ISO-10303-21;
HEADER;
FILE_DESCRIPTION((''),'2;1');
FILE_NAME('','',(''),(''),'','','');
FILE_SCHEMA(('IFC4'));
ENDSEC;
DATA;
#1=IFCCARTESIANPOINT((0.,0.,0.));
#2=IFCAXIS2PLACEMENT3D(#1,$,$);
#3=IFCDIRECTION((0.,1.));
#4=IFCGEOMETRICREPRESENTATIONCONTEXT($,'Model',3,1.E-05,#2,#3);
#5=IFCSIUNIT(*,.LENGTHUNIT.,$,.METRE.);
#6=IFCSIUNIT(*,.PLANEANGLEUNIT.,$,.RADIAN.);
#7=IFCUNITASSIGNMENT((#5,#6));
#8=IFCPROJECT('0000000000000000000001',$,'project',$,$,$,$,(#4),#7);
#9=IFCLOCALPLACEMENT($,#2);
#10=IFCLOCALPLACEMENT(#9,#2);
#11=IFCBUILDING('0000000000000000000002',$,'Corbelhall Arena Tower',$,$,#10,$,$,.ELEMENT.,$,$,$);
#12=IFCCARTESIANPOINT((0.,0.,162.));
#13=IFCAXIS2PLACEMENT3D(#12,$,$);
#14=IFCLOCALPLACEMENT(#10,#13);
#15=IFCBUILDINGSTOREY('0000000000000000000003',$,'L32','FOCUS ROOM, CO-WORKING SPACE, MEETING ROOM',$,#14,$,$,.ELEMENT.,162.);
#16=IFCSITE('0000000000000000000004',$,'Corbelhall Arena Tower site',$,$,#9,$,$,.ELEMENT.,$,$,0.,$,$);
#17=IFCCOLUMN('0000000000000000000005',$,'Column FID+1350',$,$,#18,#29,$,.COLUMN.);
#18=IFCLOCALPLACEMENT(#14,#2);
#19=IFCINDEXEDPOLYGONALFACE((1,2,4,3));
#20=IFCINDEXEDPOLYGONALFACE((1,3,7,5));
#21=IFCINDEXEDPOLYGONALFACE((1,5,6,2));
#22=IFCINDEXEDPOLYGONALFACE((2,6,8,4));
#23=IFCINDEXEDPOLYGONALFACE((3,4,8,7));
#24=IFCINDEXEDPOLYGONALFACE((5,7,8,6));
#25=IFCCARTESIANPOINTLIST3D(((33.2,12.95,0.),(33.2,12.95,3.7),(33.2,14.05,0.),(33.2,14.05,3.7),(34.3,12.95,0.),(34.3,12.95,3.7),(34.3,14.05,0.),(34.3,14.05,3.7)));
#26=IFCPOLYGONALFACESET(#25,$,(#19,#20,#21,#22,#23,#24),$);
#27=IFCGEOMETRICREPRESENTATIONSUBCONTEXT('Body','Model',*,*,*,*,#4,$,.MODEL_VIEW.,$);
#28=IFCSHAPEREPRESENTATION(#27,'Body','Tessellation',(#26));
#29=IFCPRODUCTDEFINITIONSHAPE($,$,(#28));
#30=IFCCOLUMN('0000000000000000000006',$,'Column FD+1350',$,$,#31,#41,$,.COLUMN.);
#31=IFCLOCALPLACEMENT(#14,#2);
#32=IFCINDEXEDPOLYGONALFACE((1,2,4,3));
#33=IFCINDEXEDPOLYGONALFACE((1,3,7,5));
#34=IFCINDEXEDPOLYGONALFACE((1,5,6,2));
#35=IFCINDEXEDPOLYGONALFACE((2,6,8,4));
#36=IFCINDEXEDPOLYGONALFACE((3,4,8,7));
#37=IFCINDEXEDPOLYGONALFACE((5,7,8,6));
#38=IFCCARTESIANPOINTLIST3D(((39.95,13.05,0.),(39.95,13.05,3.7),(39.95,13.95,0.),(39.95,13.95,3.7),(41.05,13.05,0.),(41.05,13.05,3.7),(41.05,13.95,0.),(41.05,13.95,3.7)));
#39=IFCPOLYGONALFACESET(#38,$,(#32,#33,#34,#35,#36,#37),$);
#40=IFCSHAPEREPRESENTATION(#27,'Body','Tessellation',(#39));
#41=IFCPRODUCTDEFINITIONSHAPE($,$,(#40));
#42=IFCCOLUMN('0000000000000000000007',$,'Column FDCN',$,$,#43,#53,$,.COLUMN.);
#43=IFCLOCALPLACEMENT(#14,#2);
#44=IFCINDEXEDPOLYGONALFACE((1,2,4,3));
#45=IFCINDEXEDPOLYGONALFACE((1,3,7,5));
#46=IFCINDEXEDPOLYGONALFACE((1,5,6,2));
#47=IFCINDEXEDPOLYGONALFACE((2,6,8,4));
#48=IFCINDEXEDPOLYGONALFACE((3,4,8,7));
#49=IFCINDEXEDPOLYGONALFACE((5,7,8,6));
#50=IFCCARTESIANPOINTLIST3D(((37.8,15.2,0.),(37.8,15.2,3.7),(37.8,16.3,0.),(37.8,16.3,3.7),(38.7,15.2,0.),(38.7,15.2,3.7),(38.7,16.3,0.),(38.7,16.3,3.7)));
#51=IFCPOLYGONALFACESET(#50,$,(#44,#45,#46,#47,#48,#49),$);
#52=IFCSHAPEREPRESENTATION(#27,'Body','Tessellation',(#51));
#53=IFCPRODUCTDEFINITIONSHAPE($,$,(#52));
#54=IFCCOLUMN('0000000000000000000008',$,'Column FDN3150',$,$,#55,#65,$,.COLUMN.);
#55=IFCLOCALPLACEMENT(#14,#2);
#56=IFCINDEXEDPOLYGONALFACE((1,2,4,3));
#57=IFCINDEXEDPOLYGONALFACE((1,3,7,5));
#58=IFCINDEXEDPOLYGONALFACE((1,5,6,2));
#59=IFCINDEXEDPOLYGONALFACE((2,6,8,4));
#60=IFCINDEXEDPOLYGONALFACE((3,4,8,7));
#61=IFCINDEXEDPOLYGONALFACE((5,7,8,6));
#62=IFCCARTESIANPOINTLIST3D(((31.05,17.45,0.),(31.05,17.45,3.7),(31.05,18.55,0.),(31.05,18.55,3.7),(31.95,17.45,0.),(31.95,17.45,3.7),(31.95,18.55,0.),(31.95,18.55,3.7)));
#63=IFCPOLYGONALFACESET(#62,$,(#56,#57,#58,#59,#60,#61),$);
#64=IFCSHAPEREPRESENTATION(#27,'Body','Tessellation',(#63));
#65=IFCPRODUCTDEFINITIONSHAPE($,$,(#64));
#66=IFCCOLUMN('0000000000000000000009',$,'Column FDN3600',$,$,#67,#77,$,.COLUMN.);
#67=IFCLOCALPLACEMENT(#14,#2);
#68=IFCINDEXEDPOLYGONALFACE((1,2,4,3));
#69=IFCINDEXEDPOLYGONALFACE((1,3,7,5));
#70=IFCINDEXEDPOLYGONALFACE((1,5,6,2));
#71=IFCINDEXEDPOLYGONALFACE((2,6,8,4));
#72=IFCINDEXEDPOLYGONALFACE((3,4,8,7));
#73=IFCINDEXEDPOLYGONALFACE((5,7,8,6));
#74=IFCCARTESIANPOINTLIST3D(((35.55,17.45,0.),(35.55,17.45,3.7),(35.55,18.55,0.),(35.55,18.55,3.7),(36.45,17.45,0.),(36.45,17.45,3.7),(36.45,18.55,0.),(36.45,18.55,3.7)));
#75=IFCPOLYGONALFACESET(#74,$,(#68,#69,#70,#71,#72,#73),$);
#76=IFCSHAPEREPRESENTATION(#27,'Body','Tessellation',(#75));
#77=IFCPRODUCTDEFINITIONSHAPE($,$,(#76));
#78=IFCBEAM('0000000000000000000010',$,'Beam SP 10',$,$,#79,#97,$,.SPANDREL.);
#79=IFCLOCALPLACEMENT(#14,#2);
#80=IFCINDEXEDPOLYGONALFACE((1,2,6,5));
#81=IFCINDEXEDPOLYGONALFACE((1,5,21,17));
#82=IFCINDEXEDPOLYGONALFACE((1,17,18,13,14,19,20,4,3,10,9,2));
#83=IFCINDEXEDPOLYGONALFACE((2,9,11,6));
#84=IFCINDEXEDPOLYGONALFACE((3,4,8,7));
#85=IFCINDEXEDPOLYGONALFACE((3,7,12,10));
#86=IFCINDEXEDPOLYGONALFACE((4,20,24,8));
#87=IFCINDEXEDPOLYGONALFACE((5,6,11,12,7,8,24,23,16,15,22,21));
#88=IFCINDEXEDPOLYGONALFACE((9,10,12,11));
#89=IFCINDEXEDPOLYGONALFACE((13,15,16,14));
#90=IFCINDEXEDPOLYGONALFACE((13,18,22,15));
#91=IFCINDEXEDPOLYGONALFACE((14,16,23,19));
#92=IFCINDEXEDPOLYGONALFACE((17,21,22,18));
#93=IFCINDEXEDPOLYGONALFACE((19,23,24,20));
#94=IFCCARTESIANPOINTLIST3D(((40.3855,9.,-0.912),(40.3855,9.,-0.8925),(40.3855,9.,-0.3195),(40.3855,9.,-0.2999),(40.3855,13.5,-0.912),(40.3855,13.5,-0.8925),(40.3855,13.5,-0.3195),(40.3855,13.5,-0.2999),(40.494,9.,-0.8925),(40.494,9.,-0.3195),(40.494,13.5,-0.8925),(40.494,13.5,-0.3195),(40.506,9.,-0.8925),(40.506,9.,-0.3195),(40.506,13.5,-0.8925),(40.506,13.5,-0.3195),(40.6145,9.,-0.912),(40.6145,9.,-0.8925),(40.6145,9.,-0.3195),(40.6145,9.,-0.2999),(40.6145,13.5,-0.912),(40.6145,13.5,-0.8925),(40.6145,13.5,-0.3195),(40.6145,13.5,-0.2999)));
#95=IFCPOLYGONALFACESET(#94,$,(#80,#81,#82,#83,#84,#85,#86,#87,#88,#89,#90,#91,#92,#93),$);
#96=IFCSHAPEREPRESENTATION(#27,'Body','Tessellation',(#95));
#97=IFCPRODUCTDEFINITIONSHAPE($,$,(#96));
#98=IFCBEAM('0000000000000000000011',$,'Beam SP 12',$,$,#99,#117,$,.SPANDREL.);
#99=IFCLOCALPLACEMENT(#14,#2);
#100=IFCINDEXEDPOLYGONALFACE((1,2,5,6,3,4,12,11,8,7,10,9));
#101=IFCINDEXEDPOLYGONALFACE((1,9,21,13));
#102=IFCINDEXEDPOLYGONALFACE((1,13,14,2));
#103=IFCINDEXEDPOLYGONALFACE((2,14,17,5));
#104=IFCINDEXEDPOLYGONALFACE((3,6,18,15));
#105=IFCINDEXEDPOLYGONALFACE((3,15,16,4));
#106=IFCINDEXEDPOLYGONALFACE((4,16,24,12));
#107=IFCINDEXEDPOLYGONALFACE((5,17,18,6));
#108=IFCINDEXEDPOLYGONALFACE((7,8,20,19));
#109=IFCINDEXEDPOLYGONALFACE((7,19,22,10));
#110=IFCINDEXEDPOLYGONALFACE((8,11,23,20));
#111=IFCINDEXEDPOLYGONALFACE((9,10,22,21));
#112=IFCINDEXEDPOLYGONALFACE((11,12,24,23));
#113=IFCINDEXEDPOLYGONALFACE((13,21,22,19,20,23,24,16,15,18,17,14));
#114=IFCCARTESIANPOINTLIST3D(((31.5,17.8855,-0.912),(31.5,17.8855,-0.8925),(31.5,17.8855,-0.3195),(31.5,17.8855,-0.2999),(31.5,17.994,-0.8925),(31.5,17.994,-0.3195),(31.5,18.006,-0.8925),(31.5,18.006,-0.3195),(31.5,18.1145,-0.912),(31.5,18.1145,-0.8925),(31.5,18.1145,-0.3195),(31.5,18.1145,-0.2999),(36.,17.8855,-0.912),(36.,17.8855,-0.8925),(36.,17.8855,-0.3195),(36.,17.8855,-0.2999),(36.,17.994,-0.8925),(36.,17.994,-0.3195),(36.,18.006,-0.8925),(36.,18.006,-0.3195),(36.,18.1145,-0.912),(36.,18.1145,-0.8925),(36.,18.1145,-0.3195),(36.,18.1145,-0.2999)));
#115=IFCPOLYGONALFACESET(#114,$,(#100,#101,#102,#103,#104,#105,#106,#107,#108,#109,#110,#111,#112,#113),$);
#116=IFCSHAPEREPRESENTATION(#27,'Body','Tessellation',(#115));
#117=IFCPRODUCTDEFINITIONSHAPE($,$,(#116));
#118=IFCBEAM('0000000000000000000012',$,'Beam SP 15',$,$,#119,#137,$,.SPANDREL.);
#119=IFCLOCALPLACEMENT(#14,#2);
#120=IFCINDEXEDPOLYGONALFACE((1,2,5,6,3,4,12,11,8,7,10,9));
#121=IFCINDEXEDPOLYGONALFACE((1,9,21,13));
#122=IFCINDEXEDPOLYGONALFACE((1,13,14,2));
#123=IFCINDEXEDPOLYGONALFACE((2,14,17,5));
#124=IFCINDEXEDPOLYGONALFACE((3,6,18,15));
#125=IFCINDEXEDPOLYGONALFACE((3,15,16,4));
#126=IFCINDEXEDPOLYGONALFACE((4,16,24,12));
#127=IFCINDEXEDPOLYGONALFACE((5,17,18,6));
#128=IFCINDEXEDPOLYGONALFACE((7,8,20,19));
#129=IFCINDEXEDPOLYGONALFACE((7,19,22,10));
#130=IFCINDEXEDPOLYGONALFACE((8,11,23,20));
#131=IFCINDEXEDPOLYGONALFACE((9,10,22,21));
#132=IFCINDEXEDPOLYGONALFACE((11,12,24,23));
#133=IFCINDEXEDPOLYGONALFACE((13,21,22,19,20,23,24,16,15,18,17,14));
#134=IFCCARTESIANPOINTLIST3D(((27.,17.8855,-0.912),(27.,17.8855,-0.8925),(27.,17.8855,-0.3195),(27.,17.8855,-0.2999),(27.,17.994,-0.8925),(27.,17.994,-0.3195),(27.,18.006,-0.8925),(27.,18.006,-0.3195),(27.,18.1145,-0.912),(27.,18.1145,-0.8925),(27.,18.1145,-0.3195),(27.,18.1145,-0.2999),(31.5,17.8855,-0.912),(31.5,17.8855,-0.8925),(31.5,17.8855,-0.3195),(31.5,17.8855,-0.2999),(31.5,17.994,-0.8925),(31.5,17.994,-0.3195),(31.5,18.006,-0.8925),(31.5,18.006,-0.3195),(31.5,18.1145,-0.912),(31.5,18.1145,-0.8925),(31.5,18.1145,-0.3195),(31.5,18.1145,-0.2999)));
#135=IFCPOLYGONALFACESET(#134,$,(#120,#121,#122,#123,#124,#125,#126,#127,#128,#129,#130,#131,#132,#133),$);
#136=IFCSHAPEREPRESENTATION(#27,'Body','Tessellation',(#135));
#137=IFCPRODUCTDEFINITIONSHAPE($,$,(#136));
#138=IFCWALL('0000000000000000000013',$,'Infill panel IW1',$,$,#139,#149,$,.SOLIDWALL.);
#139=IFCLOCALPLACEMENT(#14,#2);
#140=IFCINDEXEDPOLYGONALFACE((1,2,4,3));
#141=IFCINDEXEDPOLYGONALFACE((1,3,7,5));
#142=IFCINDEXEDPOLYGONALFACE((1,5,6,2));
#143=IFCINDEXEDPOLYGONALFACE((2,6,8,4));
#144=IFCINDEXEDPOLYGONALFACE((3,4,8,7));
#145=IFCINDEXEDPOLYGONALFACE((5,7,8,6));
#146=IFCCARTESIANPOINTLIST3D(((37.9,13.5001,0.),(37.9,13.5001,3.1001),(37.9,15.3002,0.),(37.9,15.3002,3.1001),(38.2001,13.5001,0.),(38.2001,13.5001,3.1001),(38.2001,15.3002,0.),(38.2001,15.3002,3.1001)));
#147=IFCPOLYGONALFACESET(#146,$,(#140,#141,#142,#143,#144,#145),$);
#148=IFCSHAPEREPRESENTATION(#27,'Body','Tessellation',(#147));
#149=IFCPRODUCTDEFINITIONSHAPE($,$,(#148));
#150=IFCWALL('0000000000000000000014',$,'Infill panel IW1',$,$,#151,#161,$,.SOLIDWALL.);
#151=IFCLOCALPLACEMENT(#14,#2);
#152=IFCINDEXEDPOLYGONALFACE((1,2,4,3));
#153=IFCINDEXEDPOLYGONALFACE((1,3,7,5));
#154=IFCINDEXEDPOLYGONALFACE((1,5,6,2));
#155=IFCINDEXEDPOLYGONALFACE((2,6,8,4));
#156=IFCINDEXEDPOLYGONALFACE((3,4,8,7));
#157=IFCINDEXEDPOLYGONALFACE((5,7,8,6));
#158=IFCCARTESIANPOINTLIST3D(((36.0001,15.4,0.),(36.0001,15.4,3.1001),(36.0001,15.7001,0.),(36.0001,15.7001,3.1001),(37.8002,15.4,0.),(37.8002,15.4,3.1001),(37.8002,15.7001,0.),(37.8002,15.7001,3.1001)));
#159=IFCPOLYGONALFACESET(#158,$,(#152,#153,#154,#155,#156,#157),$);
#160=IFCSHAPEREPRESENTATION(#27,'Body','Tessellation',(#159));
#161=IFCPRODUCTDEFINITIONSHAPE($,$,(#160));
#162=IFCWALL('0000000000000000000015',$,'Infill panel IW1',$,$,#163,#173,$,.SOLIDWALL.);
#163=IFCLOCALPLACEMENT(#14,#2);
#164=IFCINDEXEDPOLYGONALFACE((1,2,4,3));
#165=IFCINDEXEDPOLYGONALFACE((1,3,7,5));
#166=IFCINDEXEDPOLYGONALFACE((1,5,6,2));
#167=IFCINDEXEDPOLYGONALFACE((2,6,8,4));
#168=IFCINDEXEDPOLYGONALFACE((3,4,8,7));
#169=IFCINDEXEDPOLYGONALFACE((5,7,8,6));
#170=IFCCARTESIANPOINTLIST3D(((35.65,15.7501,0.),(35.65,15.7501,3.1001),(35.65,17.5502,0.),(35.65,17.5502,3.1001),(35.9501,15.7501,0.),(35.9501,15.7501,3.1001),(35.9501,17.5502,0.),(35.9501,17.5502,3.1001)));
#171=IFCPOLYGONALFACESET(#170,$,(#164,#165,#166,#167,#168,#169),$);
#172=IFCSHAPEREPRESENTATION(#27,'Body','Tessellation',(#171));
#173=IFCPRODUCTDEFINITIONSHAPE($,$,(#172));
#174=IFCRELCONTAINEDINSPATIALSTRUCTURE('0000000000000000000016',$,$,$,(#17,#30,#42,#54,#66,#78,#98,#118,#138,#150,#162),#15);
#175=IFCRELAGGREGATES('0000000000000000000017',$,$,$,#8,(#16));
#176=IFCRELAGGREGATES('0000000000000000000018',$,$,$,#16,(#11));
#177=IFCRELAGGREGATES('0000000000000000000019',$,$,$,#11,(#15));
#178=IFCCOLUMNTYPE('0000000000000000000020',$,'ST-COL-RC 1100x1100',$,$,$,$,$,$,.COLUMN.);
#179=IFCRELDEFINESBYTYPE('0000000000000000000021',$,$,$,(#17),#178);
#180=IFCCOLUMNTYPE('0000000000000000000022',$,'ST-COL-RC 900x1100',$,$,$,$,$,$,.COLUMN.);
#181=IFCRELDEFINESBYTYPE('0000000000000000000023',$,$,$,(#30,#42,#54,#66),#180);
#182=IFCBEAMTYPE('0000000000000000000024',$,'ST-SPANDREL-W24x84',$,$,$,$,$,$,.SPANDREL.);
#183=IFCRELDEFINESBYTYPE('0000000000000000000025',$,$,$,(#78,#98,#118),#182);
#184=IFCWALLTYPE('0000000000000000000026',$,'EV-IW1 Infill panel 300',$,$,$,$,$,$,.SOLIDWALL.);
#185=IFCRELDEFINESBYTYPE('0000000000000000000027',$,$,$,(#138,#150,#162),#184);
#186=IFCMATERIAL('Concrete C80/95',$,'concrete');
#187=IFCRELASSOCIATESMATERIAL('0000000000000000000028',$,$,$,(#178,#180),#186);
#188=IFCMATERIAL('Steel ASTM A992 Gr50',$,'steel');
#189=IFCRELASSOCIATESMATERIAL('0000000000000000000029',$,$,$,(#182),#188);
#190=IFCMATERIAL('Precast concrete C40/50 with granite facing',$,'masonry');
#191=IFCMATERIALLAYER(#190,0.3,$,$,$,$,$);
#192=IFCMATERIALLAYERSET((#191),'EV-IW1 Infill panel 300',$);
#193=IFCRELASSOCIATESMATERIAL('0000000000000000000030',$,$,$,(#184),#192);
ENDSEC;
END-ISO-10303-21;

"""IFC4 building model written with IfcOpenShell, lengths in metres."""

from ifc_helpers import new_model, si_unit, direction, frame, frame_2d, origin, origin_2d, place, context, subcontext, project, spatial, rectangle, i_section, extrude, material, layer, layer_set, material_profile, profile_set, type_object, element, save


model = new_model("IFC4")

# Units and contexts
model_context = context("Model", 3, precision=1e-05, world=origin(), true_north=direction((0.0, 1.0)))
body_context = subcontext(model_context, "Body", "Model", "MODEL_VIEW")
ifc_project = project(units=[si_unit("LENGTHUNIT", "METRE"), si_unit("PLANEANGLEUNIT", "RADIAN")], contexts=[model_context])

# Site, building, storey
site_placement = place(None, origin())
site = spatial("IfcSite", under=ifc_project, at=site_placement, Name="Corbelhall Arena Tower site", CompositionType="ELEMENT", RefElevation=0.0)
building_placement = place(site_placement, origin())
building = spatial("IfcBuilding", under=site, at=building_placement, Name="Corbelhall Arena Tower", CompositionType="ELEMENT")
storey_placement = place(building_placement, frame((0.0, 0.0, 162.0)))
storey = spatial("IfcBuildingStorey", under=building, at=storey_placement, Name="L32", Description="FOCUS ROOM, CO-WORKING SPACE, MEETING ROOM", CompositionType="ELEMENT", Elevation=162.0)

# Columns
ifc_material_1 = material(Name="Concrete C80/95", Category="concrete")
ifc_material_profile_1 = material_profile(ifc_material_1, rectangle(XDim=1.1001, YDim=1.1001, at=origin_2d()))
ifc_profile_set_1 = profile_set([ifc_material_profile_1], Name="Concrete C80/95")
column_type_1 = type_object("IfcColumnType", Name="ST-COL-RC 1100x1100", PredefinedType="COLUMN", material=ifc_profile_set_1)
column_placement = place(storey_placement, frame((33.75, 13.5, 0.0), z_axis=(0.0, 0.0, 1.0), x_axis=(1.0, 0.0, 0.0)))
element("IfcColumn", 1, at=column_placement, inside=storey, type_object=column_type_1, Name="Column FID+1350", PredefinedType="COLUMN", context=body_context, shape_type="SweptSolid", body=[
    extrude(rectangle(XDim=1.1001, YDim=1.1001, at=origin_2d()), origin(), (0.0, 0.0, 1.0), 3.7),
])
ifc_material_profile_2 = material_profile(ifc_material_1, rectangle(XDim=0.8999, YDim=1.1001, at=origin_2d()))
ifc_profile_set_2 = profile_set([ifc_material_profile_2], Name="Concrete C80/95")
column_type_2 = type_object("IfcColumnType", Name="ST-COL-RC 900x1100", PredefinedType="COLUMN", material=ifc_profile_set_2)
for number, where, z_axis, x_axis, name in (
    (2, (40.5, 13.5, 0.0), (0.0, 0.0, 1.0), (0.0, 1.0, 0.0), "Column FD+1350"),
    (3, (38.25, 15.75, 0.0), (0.0, 0.0, 1.0), (1.0, 0.0, 0.0), "Column FDCN"),
    (4, (31.5, 18.0, 0.0), (0.0, 0.0, 1.0), (1.0, 0.0, 0.0), "Column FDN3150"),
    (5, (36.0, 18.0, 0.0), (0.0, 0.0, 1.0), (1.0, 0.0, 0.0), "Column FDN3600"),
):
    element("IfcColumn", number, at=place(storey_placement, frame(where, z_axis=z_axis, x_axis=x_axis)), inside=storey, type_object=column_type_2, Name=name, PredefinedType="COLUMN", context=body_context, shape_type="SweptSolid", body=[
        extrude(rectangle(XDim=0.8999, YDim=1.1001, at=origin_2d()), origin(), (0.0, 0.0, 1.0), 3.7),
    ])

# Beams
ifc_material_2 = material(Name="Steel ASTM A992 Gr50", Category="steel")
ifc_material_profile_3 = material_profile(ifc_material_2, i_section(OverallWidth=0.229, OverallDepth=0.6121, WebThickness=0.012, FlangeThickness=0.0195, at=origin_2d()))
ifc_profile_set_3 = profile_set([ifc_material_profile_3], Name="Steel ASTM A992 Gr50")
beam_type = type_object("IfcBeamType", Name="ST-SPANDREL-W24x84", PredefinedType="SPANDREL", material=ifc_profile_set_3)
for number, where, z_axis, x_axis, name in (
    (6, (40.5, 13.5, -0.606), (0.0, -1.0, 0.0), (1.0, 0.0, 0.0), "Beam SP 10"),
    (7, (31.5, 18.0, -0.606), (1.0, 0.0, 0.0), (0.0, 1.0, 0.0), "Beam SP 12"),
    (8, (27.0, 18.0, -0.606), (1.0, 0.0, 0.0), (0.0, 1.0, 0.0), "Beam SP 15"),
):
    element("IfcBeam", number, at=place(storey_placement, frame(where, z_axis=z_axis, x_axis=x_axis)), inside=storey, type_object=beam_type, Name=name, PredefinedType="SPANDREL", context=body_context, shape_type="SweptSolid", body=[
        extrude(i_section(OverallWidth=0.229, OverallDepth=0.6121, WebThickness=0.012, FlangeThickness=0.0195, at=origin_2d()), origin(), (0.0, 0.0, 1.0), 4.5),
    ])

# Walls
ifc_material_3 = material(Name="Precast concrete C40/50 with granite facing", Category="masonry")
ifc_layer = layer(ifc_material_3, 0.3)
ifc_layer_set = layer_set([ifc_layer], Name="EV-IW1 Infill panel 300")
wall_type = type_object("IfcWallType", Name="EV-IW1 Infill panel 300", PredefinedType="SOLIDWALL", material=ifc_layer_set)
for number, where, z_axis, x_axis, name in (
    (9, (38.05, 15.3, 0.0), (0.0, 0.0, 1.0), (0.0, -1.0, 0.0), "Infill panel IW1"),
    (10, (37.8, 15.55, 0.0), (0.0, 0.0, 1.0), (-1.0, 0.0, 0.0), "Infill panel IW1"),
    (11, (35.8, 17.55, 0.0), (0.0, 0.0, 1.0), (0.0, -1.0, 0.0), "Infill panel IW1"),
):
    element("IfcWall", number, at=place(storey_placement, frame(where, z_axis=z_axis, x_axis=x_axis)), inside=storey, type_object=wall_type, Name=name, PredefinedType="SOLIDWALL", context=body_context, shape_type="SweptSolid", body=[
        extrude(rectangle(XDim=1.8, YDim=0.3, at=frame_2d((0.8999, 0.0))), origin(), (0.0, 0.0, 1.0), 3.1001),
    ])

save(model, "model.ifc")
